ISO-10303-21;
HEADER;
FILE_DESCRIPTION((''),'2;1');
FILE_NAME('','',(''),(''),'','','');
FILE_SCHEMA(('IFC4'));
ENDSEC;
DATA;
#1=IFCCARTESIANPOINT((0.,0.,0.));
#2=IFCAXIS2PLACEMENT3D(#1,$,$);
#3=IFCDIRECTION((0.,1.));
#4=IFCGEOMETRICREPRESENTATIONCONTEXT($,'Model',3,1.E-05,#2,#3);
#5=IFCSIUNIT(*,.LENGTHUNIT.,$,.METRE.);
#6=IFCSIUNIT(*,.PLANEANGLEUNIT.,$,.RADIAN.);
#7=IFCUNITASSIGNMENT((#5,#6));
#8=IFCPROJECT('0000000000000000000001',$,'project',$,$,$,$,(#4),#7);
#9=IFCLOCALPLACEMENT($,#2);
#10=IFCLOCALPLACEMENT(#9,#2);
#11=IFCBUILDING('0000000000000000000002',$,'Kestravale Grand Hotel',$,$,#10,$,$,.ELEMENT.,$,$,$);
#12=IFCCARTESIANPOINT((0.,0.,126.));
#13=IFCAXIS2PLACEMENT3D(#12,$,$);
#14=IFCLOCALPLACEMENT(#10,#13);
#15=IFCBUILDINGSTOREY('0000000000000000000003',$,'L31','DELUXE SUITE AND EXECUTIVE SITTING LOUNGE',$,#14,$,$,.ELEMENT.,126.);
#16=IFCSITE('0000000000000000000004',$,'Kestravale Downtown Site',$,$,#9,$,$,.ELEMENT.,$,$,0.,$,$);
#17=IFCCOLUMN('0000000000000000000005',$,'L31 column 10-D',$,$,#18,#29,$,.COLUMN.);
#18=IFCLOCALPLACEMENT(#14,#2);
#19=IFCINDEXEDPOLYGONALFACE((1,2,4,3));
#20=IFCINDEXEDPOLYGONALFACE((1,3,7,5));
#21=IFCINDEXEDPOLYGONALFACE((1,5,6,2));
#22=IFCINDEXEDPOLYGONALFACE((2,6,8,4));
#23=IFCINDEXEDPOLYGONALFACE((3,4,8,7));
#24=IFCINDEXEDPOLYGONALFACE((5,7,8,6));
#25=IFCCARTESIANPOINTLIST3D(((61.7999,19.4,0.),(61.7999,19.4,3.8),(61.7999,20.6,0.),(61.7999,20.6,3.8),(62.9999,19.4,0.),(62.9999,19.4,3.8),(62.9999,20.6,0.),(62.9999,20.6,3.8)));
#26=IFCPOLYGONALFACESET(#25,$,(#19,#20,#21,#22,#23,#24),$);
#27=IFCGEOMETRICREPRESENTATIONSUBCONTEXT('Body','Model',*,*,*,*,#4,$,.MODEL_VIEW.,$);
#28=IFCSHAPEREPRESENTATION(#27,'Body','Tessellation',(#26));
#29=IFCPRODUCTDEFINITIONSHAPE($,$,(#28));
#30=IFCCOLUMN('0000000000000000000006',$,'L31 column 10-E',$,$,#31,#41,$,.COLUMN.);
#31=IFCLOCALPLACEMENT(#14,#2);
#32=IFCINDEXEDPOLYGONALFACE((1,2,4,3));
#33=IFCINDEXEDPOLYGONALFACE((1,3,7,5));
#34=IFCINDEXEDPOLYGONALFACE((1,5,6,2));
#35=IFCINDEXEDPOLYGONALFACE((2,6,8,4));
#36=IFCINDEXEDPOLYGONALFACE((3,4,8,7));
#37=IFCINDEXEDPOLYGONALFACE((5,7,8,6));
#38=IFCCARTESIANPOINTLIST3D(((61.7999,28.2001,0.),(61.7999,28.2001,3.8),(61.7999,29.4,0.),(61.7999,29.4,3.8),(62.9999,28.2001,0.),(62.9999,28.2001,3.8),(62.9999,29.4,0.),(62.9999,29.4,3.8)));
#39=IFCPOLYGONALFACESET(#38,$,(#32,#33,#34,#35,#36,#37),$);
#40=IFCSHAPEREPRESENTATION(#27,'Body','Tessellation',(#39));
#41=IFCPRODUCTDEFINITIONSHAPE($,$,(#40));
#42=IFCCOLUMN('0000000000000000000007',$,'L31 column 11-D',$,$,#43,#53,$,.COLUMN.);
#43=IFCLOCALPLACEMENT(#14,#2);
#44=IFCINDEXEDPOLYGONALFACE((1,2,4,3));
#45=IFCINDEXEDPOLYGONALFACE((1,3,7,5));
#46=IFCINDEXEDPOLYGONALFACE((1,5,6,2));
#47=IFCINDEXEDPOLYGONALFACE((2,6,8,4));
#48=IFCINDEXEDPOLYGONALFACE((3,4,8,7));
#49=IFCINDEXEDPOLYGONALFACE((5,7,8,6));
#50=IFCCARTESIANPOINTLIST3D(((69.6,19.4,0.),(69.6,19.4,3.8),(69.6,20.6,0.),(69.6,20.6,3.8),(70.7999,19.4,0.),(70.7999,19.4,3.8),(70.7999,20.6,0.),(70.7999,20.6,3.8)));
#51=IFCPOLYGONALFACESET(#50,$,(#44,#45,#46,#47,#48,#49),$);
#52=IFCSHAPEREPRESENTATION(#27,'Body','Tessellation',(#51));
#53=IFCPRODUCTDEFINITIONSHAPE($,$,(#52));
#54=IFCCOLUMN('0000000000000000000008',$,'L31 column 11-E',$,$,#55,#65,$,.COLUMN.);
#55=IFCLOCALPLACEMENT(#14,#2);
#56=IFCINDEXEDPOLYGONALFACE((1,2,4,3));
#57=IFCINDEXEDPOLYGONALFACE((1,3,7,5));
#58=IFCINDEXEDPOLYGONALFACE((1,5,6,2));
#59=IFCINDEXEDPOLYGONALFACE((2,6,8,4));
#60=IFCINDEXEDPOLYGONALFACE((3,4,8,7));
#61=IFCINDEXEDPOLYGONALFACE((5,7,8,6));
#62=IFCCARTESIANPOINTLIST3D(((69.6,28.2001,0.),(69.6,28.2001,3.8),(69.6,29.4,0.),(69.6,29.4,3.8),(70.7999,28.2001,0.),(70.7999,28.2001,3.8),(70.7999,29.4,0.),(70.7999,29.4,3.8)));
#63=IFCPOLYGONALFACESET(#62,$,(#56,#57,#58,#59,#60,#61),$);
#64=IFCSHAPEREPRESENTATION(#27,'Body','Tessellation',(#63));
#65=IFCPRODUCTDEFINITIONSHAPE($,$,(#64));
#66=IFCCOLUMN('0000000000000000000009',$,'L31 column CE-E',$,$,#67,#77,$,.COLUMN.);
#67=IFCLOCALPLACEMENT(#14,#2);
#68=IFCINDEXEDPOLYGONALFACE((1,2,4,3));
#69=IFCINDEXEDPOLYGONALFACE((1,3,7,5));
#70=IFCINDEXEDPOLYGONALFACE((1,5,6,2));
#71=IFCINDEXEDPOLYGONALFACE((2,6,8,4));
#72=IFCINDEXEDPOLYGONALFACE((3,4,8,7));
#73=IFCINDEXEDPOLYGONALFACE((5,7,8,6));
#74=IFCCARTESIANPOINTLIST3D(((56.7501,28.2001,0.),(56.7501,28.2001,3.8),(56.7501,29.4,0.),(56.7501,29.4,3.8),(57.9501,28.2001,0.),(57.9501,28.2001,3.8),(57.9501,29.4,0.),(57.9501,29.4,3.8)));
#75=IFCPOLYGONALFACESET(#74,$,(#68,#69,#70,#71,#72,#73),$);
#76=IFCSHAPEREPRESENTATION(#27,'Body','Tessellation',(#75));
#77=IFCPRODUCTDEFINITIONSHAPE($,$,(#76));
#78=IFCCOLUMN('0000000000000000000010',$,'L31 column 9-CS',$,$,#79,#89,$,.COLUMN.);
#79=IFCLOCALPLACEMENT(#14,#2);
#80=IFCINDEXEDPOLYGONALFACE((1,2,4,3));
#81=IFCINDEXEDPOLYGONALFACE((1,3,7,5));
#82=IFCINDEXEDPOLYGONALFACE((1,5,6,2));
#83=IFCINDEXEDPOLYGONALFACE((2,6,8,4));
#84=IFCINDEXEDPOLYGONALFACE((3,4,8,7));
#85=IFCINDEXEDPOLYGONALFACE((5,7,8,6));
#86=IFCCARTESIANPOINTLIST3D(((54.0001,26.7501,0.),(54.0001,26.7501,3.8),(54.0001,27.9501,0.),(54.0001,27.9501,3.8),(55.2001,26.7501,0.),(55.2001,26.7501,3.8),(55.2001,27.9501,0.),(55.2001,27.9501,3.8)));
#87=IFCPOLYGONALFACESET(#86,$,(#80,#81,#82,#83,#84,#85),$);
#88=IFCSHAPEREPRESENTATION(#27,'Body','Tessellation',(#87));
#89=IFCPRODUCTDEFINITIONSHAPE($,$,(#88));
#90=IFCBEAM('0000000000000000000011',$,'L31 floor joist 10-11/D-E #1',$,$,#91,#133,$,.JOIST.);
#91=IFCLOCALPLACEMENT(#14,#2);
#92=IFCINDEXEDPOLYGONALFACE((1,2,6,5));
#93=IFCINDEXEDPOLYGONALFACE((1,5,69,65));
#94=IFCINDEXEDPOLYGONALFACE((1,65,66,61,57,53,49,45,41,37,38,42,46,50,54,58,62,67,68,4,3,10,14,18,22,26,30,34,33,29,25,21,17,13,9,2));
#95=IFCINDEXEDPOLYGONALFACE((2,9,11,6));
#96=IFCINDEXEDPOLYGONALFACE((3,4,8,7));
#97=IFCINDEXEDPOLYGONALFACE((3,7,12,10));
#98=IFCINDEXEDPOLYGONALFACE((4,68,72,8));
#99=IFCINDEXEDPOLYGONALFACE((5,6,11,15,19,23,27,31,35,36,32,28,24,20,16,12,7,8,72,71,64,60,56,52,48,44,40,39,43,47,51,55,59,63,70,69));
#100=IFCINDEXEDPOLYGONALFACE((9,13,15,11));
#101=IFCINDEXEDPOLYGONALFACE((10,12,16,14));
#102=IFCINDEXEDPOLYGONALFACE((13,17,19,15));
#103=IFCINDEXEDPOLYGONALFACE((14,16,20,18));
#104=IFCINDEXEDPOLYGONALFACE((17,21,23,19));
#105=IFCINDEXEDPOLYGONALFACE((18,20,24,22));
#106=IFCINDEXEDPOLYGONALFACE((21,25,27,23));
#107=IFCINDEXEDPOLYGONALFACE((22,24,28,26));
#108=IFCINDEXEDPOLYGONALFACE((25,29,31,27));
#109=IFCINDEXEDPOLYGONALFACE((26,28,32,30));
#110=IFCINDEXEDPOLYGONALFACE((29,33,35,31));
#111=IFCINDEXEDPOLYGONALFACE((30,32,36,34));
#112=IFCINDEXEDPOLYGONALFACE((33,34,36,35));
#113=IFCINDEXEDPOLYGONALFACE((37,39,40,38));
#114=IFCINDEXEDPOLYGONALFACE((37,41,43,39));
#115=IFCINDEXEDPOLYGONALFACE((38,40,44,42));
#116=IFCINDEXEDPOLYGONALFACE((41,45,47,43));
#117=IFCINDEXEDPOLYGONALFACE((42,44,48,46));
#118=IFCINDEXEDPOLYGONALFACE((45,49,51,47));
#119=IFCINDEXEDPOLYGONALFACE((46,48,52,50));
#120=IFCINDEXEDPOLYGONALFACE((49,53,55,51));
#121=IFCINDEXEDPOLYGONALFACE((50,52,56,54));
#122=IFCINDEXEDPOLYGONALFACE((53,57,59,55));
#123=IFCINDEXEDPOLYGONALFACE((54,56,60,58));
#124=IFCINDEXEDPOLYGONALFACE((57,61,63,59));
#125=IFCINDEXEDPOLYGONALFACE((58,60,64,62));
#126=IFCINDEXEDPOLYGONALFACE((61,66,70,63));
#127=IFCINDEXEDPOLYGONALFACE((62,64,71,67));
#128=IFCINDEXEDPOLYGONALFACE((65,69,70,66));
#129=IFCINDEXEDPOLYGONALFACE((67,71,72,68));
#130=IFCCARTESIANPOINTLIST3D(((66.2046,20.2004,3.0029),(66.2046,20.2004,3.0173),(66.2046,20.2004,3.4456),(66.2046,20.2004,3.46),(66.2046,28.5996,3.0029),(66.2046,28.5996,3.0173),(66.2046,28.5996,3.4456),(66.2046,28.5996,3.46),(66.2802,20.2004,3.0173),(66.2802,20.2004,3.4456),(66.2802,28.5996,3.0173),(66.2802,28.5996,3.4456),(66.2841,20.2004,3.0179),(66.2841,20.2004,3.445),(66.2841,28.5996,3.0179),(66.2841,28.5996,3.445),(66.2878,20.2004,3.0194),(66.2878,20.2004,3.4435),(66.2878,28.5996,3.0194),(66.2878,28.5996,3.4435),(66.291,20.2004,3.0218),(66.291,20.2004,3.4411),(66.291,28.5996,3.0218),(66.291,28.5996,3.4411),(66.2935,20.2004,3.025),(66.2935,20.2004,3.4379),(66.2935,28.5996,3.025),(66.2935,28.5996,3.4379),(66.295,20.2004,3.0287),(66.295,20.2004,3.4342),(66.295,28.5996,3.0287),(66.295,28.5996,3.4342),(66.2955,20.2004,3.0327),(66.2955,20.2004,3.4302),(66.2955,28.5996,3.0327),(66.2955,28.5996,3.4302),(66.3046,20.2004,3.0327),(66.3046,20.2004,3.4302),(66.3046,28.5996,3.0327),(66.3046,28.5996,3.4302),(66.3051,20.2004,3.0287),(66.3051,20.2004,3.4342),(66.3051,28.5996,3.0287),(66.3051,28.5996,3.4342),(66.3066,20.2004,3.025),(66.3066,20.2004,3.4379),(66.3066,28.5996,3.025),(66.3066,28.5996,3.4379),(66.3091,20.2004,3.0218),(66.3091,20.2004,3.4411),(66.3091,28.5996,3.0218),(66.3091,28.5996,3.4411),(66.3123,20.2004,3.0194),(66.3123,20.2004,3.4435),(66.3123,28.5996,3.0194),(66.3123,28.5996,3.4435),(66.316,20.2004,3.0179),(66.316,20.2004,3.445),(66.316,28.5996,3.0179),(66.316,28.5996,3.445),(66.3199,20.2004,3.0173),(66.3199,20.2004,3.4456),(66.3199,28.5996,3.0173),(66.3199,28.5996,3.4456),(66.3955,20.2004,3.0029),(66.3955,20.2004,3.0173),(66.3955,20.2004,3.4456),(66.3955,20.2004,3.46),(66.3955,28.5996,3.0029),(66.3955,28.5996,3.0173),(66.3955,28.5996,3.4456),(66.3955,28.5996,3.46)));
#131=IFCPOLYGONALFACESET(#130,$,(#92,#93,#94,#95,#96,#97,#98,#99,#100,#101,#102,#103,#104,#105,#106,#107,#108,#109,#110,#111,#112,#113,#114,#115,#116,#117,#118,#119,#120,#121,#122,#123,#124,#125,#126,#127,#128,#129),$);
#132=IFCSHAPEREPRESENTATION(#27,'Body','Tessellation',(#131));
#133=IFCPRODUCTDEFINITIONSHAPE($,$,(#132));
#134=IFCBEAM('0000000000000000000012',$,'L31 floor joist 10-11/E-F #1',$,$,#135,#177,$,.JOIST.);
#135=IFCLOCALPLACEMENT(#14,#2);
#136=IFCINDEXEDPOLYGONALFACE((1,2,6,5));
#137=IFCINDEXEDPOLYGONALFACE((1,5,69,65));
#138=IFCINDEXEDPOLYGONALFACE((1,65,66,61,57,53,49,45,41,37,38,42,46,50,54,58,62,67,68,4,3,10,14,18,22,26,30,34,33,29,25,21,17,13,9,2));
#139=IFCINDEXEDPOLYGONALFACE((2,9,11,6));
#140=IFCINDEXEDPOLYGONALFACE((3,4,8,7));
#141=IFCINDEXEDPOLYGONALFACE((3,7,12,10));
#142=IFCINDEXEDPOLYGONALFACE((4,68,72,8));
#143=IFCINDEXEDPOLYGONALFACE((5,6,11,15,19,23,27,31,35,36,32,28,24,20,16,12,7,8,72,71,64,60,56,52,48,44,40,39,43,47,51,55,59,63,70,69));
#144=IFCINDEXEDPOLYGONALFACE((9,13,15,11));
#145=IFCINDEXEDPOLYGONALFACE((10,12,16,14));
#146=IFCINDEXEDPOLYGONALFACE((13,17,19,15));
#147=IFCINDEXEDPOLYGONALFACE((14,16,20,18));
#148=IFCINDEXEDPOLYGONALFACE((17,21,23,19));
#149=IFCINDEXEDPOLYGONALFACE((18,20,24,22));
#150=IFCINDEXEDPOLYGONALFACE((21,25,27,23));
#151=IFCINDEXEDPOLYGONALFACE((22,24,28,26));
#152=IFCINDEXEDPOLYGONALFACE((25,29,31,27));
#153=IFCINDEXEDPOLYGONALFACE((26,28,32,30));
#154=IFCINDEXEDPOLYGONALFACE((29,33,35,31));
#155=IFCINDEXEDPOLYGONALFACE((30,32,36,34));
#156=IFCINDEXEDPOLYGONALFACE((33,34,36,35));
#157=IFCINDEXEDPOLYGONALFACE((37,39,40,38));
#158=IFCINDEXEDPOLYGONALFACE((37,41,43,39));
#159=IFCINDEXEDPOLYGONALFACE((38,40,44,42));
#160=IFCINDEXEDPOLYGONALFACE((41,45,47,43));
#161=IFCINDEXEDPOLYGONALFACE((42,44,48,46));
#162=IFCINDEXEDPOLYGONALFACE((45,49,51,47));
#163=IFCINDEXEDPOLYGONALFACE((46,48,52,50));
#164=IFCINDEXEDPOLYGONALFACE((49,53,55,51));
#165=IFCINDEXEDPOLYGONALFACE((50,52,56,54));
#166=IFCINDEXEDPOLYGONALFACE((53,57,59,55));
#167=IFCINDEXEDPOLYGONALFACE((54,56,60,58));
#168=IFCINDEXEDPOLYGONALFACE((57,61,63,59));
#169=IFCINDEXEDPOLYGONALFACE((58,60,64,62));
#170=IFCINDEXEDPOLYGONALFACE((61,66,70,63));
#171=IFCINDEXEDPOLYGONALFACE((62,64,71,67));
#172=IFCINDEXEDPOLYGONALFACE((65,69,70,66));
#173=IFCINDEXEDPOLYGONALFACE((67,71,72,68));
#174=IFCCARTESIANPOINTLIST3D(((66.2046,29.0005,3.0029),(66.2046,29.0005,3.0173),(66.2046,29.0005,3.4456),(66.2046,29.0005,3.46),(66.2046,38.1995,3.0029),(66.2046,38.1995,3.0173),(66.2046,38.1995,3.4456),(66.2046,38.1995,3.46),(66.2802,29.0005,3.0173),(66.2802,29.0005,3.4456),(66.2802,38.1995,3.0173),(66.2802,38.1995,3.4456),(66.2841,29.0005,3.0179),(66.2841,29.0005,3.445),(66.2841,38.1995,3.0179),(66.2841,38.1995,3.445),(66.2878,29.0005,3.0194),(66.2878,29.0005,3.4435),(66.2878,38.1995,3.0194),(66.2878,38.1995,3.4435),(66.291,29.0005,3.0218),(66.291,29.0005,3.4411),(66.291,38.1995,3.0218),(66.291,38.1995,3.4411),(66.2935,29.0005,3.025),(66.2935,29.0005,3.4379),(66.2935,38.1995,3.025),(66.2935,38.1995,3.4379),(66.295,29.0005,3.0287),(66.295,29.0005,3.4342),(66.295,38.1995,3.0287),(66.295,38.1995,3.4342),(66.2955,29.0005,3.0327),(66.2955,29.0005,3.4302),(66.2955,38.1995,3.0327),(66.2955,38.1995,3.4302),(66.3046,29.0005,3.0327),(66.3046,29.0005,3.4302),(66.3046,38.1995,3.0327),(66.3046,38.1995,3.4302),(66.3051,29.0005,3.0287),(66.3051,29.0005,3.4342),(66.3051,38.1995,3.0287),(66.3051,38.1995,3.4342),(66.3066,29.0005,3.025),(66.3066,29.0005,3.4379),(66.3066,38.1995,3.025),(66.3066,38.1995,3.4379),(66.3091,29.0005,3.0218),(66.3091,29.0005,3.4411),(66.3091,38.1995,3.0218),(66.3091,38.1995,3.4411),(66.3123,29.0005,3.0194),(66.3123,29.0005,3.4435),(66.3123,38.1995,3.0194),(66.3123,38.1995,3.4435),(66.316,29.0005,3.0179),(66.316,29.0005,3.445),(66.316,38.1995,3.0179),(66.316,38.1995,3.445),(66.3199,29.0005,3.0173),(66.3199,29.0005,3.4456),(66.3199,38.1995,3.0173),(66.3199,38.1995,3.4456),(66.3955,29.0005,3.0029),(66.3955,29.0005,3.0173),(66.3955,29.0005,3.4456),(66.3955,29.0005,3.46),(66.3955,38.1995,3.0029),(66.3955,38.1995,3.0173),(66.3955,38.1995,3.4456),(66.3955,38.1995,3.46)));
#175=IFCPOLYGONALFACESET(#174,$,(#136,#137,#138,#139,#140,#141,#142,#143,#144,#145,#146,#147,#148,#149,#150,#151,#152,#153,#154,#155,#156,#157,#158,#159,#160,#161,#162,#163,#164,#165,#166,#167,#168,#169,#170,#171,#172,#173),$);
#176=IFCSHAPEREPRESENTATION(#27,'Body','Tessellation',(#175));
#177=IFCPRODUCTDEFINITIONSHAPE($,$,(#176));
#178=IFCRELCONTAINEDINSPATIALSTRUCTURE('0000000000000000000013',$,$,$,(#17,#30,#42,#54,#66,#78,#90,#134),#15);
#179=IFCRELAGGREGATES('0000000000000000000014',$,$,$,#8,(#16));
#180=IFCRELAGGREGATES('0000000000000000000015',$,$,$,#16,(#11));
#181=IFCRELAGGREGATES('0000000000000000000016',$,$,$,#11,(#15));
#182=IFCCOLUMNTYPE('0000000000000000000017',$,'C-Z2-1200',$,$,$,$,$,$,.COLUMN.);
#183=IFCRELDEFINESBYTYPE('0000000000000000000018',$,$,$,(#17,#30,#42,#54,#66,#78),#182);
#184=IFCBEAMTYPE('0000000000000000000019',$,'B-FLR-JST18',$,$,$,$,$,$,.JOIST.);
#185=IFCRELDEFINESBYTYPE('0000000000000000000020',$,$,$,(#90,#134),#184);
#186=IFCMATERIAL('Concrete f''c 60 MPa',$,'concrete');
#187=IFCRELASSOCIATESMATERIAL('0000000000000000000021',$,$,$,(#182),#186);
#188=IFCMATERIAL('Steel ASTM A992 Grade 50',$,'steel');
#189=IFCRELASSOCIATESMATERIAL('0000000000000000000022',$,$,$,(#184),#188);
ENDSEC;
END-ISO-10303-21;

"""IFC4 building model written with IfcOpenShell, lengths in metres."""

from ifc_helpers import new_model, si_unit, direction, frame, origin, origin_2d, place, context, subcontext, project, spatial, rectangle, i_section, extrude, material, material_profile, profile_set, type_object, element, save


model = new_model("IFC4")

# Units and contexts
model_context = context("Model", 3, precision=1e-05, world=origin(), true_north=direction((0.0, 1.0)))
body_context = subcontext(model_context, "Body", "Model", "MODEL_VIEW")
ifc_project = project(units=[si_unit("LENGTHUNIT", "METRE"), si_unit("PLANEANGLEUNIT", "RADIAN")], contexts=[model_context])

# Site, building, storey
site_placement = place(None, origin())
site = spatial("IfcSite", under=ifc_project, at=site_placement, Name="Kestravale Downtown Site", CompositionType="ELEMENT", RefElevation=0.0)
building_placement = place(site_placement, origin())
building = spatial("IfcBuilding", under=site, at=building_placement, Name="Kestravale Grand Hotel", CompositionType="ELEMENT")
storey_placement = place(building_placement, frame((0.0, 0.0, 126.0)))
storey = spatial("IfcBuildingStorey", under=building, at=storey_placement, Name="L31", Description="DELUXE SUITE AND EXECUTIVE SITTING LOUNGE", CompositionType="ELEMENT", Elevation=126.0)

# Columns
ifc_material_1 = material(Name="Concrete f'c 60 MPa", Category="concrete")
ifc_material_profile_1 = material_profile(ifc_material_1, rectangle(XDim=1.2, YDim=1.2, at=origin_2d()))
ifc_profile_set_1 = profile_set([ifc_material_profile_1], Name="Concrete f'c 60 MPa")
column_type = type_object("IfcColumnType", Name="C-Z2-1200", PredefinedType="COLUMN", material=ifc_profile_set_1)
for number, where, z_axis, x_axis, name in (
    (1, (62.3999, 20.0, 0.0), (0.0, 0.0, 1.0), (1.0, 0.0, 0.0), "L31 column 10-D"),
    (2, (62.3999, 28.8, 0.0), (0.0, 0.0, 1.0), (1.0, 0.0, 0.0), "L31 column 10-E"),
    (3, (70.2, 20.0, 0.0), (0.0, 0.0, 1.0), (1.0, 0.0, 0.0), "L31 column 11-D"),
    (4, (70.2, 28.8, 0.0), (0.0, 0.0, 1.0), (1.0, 0.0, 0.0), "L31 column 11-E"),
    (5, (57.3501, 28.8, 0.0), (0.0, 0.0, 1.0), (1.0, 0.0, 0.0), "L31 column CE-E"),
    (6, (54.6001, 27.3501, 0.0), (0.0, 0.0, 1.0), (1.0, 0.0, 0.0), "L31 column 9-CS"),
):
    element("IfcColumn", number, at=place(storey_placement, frame(where, z_axis=z_axis, x_axis=x_axis)), inside=storey, type_object=column_type, Name=name, PredefinedType="COLUMN", context=body_context, shape_type="SweptSolid", body=[
        extrude(rectangle(XDim=1.2, YDim=1.2, at=origin_2d()), origin(), (0.0, 0.0, 1.0), 3.8),
    ])

# Beams
ifc_material_2 = material(Name="Steel ASTM A992 Grade 50", Category="steel")
ifc_material_profile_2 = material_profile(ifc_material_2, i_section(OverallWidth=0.1909, OverallDepth=0.457, WebThickness=0.009, FlangeThickness=0.0144, FilletRadius=0.0154, at=origin_2d()))
ifc_profile_set_2 = profile_set([ifc_material_profile_2], Name="Steel ASTM A992 Grade 50")
beam_type_1 = type_object("IfcBeamType", Name="B-FLR-JST18", PredefinedType="JOIST", material=ifc_profile_set_2)
beam_1_placement = place(storey_placement, frame((66.3, 20.2004, 3.2314), z_axis=(0.0, 1.0, 0.0), x_axis=(-1.0, 0.0, 0.0)))
element("IfcBeam", 7, at=beam_1_placement, inside=storey, type_object=beam_type_1, Name="L31 floor joist 10-11/D-E #1", PredefinedType="JOIST", context=body_context, shape_type="SweptSolid", body=[
    extrude(i_section(OverallWidth=0.1909, OverallDepth=0.457, WebThickness=0.009, FlangeThickness=0.0144, FilletRadius=0.0154, at=origin_2d()), origin(), (0.0, 0.0, 1.0), 8.3992),
])
beam_2_placement = place(storey_placement, frame((66.3, 29.0005, 3.2314), z_axis=(0.0, 1.0, 0.0), x_axis=(-1.0, 0.0, 0.0)))
element("IfcBeam", 8, at=beam_2_placement, inside=storey, type_object=beam_type_1, Name="L31 floor joist 10-11/E-F #1", PredefinedType="JOIST", context=body_context, shape_type="SweptSolid", body=[
    extrude(i_section(OverallWidth=0.1909, OverallDepth=0.457, WebThickness=0.009, FlangeThickness=0.0144, FilletRadius=0.0154, at=origin_2d()), origin(), (0.0, 0.0, 1.0), 9.199),
])

save(model, "model.ifc")
